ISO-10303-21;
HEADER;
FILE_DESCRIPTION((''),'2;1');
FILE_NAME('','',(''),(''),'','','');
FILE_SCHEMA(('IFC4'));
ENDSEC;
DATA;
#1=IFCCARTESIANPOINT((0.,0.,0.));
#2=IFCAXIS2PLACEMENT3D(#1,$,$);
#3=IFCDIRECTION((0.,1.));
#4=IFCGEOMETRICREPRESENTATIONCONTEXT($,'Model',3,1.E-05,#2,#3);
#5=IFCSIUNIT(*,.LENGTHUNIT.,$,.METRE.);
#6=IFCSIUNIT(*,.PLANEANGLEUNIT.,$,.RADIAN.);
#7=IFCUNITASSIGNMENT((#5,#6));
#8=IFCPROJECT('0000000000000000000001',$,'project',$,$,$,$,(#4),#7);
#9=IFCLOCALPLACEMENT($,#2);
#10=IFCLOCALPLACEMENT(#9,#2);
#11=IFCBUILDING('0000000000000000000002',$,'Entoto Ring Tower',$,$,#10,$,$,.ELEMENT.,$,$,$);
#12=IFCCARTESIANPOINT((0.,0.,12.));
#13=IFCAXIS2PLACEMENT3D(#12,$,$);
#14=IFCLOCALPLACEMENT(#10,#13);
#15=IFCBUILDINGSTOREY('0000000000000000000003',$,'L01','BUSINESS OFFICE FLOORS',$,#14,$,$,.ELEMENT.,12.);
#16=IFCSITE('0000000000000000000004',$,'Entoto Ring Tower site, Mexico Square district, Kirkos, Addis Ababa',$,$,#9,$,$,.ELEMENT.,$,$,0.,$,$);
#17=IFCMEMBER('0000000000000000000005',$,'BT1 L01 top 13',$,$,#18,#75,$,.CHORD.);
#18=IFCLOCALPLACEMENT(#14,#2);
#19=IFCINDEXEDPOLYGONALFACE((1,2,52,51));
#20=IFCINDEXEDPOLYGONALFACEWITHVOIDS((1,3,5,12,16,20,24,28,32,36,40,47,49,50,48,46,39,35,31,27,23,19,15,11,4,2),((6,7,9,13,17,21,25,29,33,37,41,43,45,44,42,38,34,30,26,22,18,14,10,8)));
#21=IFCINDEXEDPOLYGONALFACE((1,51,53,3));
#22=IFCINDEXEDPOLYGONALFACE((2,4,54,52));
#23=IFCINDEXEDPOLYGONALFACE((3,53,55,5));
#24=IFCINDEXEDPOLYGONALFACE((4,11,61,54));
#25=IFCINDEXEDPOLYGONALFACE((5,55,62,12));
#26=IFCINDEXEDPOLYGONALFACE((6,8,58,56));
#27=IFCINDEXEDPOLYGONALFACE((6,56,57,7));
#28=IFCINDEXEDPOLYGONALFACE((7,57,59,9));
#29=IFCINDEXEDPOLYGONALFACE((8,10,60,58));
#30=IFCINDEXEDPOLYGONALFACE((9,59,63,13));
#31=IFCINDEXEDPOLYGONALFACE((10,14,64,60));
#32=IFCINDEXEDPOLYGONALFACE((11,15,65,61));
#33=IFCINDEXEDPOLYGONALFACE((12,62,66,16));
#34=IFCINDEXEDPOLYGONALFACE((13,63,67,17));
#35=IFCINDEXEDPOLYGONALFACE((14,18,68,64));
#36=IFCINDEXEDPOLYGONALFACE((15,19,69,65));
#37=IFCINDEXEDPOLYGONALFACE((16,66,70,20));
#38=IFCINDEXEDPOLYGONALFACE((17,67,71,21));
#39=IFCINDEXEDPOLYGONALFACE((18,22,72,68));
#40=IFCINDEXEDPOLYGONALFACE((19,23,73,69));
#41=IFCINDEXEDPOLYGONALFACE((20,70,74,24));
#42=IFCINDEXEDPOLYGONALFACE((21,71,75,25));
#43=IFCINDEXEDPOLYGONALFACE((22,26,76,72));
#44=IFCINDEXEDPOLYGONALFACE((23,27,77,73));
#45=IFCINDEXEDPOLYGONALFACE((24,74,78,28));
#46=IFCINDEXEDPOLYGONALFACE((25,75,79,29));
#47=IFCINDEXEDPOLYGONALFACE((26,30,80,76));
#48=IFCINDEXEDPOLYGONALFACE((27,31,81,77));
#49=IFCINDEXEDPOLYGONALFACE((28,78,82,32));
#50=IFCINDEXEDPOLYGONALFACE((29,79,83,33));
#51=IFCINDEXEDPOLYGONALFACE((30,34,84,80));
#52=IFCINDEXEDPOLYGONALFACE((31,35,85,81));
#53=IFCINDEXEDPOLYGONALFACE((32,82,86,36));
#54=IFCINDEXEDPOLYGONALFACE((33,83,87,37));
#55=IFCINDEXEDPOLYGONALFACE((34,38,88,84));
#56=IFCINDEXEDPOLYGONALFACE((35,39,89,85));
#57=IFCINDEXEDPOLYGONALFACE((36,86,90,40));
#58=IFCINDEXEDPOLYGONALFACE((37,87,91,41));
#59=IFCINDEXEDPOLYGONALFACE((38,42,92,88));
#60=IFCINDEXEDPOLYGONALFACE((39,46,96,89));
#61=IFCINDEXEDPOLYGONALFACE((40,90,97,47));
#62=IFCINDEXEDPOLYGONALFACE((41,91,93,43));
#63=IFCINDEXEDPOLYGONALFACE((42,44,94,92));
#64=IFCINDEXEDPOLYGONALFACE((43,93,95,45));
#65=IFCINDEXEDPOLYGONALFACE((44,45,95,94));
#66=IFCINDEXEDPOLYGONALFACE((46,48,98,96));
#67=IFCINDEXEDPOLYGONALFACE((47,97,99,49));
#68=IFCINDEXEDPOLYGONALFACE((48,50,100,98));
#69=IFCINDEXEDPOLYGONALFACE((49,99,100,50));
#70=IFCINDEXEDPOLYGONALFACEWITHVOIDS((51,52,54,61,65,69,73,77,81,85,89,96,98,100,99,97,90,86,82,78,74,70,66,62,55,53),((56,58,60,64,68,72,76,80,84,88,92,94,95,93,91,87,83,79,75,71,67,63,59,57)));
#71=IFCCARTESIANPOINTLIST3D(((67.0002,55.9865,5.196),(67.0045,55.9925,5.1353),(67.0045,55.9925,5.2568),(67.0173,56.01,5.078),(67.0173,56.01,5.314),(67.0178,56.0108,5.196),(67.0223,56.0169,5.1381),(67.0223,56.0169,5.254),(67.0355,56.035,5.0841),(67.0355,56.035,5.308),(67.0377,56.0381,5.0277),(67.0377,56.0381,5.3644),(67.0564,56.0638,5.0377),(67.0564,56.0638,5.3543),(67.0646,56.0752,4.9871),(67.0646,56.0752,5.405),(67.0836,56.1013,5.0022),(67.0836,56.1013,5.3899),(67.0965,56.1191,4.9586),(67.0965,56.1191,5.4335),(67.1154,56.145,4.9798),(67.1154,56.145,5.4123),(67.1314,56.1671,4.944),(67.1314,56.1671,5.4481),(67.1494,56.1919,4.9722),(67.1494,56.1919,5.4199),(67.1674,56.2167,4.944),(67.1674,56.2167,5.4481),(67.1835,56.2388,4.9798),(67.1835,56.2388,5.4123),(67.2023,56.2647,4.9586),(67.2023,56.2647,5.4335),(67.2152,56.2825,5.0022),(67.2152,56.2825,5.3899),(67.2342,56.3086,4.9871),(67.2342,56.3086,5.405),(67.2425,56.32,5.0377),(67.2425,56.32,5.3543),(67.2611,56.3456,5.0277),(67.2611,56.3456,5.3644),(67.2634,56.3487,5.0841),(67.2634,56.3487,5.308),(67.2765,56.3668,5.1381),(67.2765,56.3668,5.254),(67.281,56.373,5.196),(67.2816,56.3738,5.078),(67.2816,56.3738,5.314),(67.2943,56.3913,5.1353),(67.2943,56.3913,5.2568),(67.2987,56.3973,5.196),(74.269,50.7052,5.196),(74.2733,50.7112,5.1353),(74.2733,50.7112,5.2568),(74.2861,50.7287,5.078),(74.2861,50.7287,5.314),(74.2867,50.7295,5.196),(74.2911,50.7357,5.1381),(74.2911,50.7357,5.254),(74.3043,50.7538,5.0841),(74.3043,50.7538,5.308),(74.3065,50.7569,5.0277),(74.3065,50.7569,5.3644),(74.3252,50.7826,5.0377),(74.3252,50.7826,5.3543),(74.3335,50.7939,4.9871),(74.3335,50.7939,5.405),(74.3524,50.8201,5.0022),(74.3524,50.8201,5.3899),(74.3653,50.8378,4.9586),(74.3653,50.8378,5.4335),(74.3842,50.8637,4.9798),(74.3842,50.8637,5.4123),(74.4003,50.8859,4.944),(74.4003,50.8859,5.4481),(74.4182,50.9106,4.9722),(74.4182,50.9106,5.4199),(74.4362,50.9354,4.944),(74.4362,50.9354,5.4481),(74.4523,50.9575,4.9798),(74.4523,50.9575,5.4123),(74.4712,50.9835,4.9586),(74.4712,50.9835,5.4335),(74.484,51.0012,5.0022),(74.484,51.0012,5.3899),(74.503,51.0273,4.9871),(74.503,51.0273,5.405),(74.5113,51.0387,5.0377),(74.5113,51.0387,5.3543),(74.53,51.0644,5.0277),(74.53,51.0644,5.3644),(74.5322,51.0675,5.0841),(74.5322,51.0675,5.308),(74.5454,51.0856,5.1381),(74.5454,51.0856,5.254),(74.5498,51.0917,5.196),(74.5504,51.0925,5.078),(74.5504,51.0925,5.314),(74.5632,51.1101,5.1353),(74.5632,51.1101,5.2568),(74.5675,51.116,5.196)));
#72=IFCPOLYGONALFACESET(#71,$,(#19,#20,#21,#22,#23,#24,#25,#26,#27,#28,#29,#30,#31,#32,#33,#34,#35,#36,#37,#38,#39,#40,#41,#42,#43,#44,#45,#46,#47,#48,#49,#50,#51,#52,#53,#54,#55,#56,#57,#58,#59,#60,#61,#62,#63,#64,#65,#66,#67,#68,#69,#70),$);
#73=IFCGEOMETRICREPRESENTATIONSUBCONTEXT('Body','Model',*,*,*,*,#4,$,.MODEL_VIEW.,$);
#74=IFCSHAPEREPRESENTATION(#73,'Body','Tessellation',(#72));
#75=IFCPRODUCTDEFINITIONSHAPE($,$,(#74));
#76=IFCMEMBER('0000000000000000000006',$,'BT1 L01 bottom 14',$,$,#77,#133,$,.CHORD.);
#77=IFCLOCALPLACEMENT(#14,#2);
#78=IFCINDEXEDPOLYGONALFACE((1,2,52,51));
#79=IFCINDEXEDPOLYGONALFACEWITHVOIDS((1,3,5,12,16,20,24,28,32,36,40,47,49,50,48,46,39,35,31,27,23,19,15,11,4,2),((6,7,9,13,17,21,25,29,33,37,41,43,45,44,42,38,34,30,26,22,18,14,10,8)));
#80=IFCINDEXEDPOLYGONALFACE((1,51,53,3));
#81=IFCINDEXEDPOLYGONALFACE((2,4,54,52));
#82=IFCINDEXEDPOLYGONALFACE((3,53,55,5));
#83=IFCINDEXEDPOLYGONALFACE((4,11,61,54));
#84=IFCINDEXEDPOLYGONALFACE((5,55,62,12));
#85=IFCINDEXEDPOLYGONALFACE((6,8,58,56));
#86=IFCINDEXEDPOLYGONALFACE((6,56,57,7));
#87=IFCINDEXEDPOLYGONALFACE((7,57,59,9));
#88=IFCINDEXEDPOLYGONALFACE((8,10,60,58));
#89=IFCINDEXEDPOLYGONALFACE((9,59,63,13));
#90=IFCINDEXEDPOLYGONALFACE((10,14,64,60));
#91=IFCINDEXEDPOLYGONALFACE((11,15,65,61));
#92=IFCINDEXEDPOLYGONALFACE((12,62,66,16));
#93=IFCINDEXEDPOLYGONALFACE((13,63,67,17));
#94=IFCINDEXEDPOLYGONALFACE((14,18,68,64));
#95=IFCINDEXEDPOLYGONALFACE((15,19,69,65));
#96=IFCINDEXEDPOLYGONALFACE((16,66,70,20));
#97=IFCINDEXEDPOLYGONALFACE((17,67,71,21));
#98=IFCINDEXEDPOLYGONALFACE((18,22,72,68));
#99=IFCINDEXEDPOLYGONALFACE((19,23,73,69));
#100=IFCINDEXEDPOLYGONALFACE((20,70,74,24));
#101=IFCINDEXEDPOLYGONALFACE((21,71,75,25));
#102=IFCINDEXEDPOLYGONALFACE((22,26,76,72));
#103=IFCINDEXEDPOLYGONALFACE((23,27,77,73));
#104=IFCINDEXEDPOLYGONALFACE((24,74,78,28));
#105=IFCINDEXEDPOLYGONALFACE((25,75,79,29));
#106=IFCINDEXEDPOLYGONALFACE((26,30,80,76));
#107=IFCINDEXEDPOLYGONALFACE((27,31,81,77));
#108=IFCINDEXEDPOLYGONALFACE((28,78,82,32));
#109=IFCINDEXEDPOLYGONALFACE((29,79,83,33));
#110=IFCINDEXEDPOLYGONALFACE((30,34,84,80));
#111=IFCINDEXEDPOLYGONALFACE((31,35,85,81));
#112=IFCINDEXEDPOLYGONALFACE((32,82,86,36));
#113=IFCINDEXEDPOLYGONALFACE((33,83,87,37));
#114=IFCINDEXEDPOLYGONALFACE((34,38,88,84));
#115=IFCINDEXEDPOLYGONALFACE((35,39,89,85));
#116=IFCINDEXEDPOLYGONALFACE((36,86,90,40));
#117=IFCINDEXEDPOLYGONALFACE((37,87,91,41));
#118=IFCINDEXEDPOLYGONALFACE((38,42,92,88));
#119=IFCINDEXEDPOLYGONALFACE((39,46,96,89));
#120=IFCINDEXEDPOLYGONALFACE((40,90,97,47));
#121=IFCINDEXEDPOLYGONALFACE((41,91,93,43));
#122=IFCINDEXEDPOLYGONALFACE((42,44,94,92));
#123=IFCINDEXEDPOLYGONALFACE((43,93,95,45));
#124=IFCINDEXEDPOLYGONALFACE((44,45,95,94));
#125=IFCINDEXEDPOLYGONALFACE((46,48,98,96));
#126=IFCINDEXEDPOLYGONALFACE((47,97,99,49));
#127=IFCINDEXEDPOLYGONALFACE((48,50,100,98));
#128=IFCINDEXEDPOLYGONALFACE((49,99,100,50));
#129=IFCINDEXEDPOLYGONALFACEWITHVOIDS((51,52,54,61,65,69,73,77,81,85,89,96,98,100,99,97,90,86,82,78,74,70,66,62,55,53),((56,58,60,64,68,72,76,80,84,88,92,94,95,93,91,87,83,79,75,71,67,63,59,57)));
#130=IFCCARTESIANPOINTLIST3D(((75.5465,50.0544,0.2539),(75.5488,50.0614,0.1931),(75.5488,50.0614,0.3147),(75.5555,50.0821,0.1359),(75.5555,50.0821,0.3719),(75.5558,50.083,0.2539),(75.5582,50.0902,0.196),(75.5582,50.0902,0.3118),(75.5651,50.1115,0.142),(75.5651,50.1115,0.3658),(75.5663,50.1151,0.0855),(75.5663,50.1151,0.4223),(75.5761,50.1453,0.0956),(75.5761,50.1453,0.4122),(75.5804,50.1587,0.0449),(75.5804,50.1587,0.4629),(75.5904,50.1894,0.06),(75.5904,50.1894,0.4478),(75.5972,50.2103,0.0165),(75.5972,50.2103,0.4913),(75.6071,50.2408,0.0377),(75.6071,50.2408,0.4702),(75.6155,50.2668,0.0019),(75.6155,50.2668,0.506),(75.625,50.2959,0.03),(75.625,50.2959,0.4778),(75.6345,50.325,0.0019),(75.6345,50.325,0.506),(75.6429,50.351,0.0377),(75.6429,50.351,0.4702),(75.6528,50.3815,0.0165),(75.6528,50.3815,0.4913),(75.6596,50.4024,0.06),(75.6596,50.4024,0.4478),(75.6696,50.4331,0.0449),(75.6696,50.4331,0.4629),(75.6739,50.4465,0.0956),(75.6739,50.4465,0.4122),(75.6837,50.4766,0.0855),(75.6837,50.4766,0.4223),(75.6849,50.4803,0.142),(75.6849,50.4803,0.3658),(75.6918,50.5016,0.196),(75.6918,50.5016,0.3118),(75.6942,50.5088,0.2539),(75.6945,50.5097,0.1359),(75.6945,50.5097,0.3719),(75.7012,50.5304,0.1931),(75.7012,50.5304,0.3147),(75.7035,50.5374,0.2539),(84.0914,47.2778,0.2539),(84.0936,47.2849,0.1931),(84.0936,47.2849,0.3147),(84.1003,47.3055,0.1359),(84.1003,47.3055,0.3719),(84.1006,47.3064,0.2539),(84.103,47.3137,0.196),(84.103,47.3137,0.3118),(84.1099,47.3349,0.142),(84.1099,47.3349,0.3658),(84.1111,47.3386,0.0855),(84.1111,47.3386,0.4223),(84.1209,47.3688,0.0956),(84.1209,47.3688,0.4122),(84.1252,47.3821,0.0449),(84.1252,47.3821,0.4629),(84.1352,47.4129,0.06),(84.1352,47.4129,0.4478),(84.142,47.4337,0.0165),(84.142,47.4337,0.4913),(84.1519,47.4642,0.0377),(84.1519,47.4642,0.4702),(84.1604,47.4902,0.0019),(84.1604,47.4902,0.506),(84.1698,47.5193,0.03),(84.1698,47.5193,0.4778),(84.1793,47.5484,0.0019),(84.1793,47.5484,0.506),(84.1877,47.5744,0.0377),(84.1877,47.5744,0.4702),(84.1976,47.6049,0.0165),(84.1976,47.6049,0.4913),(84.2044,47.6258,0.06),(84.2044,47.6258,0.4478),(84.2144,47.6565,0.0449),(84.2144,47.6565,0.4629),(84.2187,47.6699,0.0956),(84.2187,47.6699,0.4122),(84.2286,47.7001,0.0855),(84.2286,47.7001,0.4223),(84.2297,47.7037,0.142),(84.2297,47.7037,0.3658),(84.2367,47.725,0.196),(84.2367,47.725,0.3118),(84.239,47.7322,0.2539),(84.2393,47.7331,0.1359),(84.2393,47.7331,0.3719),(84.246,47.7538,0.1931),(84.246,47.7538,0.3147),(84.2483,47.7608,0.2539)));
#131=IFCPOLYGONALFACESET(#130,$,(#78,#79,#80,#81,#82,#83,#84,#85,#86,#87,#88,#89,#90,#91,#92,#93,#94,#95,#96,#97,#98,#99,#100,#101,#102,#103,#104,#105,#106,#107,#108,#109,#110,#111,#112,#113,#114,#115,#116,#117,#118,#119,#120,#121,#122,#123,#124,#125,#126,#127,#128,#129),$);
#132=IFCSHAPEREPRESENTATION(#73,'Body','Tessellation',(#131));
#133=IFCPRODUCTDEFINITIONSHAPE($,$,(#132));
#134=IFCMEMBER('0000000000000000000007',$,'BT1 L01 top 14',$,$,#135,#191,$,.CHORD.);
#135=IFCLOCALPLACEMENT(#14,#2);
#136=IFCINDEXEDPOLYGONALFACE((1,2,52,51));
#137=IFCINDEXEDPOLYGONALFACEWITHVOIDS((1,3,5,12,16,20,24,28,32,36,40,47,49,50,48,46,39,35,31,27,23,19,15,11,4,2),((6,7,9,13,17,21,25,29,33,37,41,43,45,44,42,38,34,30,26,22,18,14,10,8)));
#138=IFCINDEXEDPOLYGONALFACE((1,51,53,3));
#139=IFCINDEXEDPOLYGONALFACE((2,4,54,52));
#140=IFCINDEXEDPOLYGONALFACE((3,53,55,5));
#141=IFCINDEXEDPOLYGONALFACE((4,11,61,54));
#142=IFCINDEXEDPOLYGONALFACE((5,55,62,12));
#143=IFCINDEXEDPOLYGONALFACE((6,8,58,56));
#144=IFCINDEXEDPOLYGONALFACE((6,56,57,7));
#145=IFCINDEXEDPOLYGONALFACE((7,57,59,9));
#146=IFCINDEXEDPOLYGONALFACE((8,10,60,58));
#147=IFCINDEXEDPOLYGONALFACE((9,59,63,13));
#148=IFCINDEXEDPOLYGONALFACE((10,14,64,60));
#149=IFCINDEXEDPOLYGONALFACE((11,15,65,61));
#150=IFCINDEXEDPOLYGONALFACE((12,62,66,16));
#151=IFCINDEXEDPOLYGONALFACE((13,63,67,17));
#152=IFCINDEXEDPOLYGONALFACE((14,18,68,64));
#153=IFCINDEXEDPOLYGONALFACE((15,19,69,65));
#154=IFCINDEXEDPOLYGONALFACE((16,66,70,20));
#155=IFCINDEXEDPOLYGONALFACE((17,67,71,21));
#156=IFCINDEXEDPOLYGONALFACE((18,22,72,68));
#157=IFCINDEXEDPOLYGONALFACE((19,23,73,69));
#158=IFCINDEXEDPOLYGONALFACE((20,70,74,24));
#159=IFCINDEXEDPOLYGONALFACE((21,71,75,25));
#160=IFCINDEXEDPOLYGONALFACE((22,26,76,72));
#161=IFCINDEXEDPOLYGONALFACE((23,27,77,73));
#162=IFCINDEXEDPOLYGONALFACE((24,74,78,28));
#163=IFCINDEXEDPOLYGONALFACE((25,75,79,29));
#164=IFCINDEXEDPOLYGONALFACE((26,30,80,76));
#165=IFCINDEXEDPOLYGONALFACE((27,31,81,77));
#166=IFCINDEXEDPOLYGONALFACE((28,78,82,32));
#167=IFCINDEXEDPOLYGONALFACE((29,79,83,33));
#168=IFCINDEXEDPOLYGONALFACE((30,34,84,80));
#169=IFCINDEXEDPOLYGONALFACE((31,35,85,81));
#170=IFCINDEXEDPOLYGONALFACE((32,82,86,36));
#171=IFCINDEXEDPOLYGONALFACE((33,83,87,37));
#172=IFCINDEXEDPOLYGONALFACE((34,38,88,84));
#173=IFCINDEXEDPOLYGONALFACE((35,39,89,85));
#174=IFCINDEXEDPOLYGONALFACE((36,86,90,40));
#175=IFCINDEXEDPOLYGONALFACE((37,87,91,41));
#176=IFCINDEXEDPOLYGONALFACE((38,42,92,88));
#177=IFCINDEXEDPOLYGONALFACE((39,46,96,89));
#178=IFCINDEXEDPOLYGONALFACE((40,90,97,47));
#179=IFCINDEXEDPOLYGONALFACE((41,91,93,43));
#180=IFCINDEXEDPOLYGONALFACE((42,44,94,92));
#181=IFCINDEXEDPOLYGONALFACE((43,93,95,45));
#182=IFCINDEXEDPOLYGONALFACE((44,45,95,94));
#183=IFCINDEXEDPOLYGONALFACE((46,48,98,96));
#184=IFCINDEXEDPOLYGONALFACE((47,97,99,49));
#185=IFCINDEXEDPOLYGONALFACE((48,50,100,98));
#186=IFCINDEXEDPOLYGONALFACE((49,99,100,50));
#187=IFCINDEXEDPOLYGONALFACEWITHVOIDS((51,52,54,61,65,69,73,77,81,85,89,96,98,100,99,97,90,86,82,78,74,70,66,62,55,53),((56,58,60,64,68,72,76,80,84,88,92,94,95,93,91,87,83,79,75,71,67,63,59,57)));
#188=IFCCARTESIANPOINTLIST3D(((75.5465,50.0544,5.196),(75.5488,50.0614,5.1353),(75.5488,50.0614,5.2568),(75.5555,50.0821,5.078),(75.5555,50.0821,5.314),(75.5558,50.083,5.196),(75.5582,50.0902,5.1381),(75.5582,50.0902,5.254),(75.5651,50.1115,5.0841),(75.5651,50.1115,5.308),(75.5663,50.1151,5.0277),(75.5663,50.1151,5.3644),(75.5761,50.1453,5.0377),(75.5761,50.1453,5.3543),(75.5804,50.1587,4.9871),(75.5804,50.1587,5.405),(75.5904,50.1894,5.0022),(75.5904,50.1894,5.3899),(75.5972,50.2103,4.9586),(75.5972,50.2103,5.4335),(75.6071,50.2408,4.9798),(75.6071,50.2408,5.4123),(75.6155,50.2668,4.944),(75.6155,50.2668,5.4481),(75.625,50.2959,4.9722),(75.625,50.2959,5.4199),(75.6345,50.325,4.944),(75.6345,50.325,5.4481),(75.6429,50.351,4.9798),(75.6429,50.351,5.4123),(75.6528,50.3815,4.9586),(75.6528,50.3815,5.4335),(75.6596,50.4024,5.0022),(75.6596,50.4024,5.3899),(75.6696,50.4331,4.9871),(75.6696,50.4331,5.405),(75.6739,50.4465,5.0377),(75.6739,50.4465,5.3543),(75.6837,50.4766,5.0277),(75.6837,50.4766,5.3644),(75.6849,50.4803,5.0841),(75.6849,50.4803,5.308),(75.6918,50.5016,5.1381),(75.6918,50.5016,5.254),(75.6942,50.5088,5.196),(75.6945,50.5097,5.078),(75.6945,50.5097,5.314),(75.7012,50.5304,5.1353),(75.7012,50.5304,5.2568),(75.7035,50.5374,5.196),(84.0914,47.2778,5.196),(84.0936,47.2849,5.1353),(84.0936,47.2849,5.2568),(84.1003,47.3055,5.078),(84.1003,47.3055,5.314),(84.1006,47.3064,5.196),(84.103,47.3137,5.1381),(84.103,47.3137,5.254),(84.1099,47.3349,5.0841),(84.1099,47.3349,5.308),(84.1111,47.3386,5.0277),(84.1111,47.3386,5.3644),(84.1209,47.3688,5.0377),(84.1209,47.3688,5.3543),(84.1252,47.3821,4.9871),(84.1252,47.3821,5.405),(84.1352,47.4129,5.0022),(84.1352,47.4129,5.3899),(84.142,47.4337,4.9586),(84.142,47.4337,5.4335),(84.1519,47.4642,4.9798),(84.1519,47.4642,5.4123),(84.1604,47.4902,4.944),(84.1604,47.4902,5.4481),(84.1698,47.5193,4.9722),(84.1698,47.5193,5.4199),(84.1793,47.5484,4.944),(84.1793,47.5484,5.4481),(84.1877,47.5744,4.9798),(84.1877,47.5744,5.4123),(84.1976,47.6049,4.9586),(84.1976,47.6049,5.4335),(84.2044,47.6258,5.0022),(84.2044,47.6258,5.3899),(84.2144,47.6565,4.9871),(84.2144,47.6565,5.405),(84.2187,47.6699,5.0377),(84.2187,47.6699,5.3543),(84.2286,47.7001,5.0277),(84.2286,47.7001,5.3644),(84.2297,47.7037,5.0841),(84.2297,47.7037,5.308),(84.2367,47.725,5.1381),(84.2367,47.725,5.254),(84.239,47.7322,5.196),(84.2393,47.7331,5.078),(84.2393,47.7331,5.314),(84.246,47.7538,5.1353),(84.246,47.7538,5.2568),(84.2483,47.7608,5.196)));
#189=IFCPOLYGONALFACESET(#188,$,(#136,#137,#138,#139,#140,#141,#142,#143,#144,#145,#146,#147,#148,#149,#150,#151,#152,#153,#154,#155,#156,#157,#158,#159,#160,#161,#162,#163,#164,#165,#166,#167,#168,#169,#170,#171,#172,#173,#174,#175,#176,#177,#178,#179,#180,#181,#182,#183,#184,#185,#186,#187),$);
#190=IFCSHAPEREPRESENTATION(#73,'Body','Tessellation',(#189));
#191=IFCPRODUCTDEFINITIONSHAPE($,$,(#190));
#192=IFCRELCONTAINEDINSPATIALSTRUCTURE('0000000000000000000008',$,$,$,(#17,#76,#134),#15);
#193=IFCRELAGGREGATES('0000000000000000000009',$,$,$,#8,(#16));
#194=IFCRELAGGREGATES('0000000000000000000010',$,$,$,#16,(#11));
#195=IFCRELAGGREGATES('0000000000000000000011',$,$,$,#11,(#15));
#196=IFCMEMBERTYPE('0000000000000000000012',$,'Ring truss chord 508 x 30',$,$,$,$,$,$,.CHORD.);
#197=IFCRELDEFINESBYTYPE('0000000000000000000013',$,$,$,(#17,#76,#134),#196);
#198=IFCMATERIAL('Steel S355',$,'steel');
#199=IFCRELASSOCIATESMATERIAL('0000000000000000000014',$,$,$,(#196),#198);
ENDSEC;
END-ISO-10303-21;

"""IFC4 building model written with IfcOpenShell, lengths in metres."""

from ifc_helpers import new_model, si_unit, direction, frame, origin, origin_2d, place, context, subcontext, project, spatial, circle, hollow_circle, extrude, material, material_profile, profile_set, type_object, element, save


model = new_model("IFC4")

# Units and contexts
model_context = context("Model", 3, precision=1e-05, world=origin(), true_north=direction((0.0, 1.0)))
body_context = subcontext(model_context, "Body", "Model", "MODEL_VIEW")
ifc_project = project(units=[si_unit("LENGTHUNIT", "METRE"), si_unit("PLANEANGLEUNIT", "RADIAN")], contexts=[model_context])

# Site, building, storey
site_placement = place(None, origin())
site = spatial("IfcSite", under=ifc_project, at=site_placement, Name="Entoto Ring Tower site, Mexico Square district, Kirkos, Addis Ababa", CompositionType="ELEMENT", RefElevation=0.0)
building_placement = place(site_placement, origin())
building = spatial("IfcBuilding", under=site, at=building_placement, Name="Entoto Ring Tower", CompositionType="ELEMENT")
storey_placement = place(building_placement, frame((0.0, 0.0, 12.0)))
storey = spatial("IfcBuildingStorey", under=building, at=storey_placement, Name="L01", Description="BUSINESS OFFICE FLOORS", CompositionType="ELEMENT", Elevation=12.0)

# Members
ifc_material_1 = material(Name="Steel S355", Category="steel")
ifc_material_profile_1 = material_profile(ifc_material_1, hollow_circle(Radius=0.2539, WallThickness=0.03, at=origin_2d()), Name="CHS 508 x 30")
ifc_material_2 = material(Name="Concrete C60/75", Category="concrete")
ifc_material_profile_2 = material_profile(ifc_material_2, circle(Radius=0.2241, at=origin_2d()), Name="Concrete C60/75 infill")
ifc_profile_set_1 = profile_set([ifc_material_profile_1, ifc_material_profile_2], Name="Steel S355")
member_type_1 = type_object("IfcMemberType", Name="Ring truss chord 508 x 30", PredefinedType="CHORD", material=ifc_profile_set_1)
for number, where, z_axis, x_axis, name in (
    (1, (67.1494, 56.1919, 5.196), (0.809009, -0.587797, 0.0), (0.587797, 0.809009, 0.0), "BT1 L01 top 13"),
):
    element("IfcMember", number, at=place(storey_placement, frame(where, z_axis=z_axis, x_axis=x_axis)), inside=storey, type_object=member_type_1, Name=name, PredefinedType="CHORD", context=body_context, shape_type="SweptSolid", body=[
        extrude(hollow_circle(Radius=0.2539, WallThickness=0.03, at=origin_2d()), origin(), (0.0, 0.0, 1.0), 8.9849),
    ])
for number, where, z_axis, x_axis, name in (
    (2, (75.625, 50.2959, 0.2539), (0.95105, -0.309037, 0.0), (0.309037, 0.95105, 0.0), "BT1 L01 bottom 14"),
    (3, (75.625, 50.2959, 5.196), (0.95105, -0.309037, 0.0), (0.309037, 0.95105, 0.0), "BT1 L01 top 14"),
):
    element("IfcMember", number, at=place(storey_placement, frame(where, z_axis=z_axis, x_axis=x_axis)), inside=storey, type_object=member_type_1, Name=name, PredefinedType="CHORD", context=body_context, shape_type="SweptSolid", body=[
        extrude(hollow_circle(Radius=0.2539, WallThickness=0.03, at=origin_2d()), origin(), (0.0, 0.0, 1.0), 8.9846),
    ])

save(model, "model.ifc")
